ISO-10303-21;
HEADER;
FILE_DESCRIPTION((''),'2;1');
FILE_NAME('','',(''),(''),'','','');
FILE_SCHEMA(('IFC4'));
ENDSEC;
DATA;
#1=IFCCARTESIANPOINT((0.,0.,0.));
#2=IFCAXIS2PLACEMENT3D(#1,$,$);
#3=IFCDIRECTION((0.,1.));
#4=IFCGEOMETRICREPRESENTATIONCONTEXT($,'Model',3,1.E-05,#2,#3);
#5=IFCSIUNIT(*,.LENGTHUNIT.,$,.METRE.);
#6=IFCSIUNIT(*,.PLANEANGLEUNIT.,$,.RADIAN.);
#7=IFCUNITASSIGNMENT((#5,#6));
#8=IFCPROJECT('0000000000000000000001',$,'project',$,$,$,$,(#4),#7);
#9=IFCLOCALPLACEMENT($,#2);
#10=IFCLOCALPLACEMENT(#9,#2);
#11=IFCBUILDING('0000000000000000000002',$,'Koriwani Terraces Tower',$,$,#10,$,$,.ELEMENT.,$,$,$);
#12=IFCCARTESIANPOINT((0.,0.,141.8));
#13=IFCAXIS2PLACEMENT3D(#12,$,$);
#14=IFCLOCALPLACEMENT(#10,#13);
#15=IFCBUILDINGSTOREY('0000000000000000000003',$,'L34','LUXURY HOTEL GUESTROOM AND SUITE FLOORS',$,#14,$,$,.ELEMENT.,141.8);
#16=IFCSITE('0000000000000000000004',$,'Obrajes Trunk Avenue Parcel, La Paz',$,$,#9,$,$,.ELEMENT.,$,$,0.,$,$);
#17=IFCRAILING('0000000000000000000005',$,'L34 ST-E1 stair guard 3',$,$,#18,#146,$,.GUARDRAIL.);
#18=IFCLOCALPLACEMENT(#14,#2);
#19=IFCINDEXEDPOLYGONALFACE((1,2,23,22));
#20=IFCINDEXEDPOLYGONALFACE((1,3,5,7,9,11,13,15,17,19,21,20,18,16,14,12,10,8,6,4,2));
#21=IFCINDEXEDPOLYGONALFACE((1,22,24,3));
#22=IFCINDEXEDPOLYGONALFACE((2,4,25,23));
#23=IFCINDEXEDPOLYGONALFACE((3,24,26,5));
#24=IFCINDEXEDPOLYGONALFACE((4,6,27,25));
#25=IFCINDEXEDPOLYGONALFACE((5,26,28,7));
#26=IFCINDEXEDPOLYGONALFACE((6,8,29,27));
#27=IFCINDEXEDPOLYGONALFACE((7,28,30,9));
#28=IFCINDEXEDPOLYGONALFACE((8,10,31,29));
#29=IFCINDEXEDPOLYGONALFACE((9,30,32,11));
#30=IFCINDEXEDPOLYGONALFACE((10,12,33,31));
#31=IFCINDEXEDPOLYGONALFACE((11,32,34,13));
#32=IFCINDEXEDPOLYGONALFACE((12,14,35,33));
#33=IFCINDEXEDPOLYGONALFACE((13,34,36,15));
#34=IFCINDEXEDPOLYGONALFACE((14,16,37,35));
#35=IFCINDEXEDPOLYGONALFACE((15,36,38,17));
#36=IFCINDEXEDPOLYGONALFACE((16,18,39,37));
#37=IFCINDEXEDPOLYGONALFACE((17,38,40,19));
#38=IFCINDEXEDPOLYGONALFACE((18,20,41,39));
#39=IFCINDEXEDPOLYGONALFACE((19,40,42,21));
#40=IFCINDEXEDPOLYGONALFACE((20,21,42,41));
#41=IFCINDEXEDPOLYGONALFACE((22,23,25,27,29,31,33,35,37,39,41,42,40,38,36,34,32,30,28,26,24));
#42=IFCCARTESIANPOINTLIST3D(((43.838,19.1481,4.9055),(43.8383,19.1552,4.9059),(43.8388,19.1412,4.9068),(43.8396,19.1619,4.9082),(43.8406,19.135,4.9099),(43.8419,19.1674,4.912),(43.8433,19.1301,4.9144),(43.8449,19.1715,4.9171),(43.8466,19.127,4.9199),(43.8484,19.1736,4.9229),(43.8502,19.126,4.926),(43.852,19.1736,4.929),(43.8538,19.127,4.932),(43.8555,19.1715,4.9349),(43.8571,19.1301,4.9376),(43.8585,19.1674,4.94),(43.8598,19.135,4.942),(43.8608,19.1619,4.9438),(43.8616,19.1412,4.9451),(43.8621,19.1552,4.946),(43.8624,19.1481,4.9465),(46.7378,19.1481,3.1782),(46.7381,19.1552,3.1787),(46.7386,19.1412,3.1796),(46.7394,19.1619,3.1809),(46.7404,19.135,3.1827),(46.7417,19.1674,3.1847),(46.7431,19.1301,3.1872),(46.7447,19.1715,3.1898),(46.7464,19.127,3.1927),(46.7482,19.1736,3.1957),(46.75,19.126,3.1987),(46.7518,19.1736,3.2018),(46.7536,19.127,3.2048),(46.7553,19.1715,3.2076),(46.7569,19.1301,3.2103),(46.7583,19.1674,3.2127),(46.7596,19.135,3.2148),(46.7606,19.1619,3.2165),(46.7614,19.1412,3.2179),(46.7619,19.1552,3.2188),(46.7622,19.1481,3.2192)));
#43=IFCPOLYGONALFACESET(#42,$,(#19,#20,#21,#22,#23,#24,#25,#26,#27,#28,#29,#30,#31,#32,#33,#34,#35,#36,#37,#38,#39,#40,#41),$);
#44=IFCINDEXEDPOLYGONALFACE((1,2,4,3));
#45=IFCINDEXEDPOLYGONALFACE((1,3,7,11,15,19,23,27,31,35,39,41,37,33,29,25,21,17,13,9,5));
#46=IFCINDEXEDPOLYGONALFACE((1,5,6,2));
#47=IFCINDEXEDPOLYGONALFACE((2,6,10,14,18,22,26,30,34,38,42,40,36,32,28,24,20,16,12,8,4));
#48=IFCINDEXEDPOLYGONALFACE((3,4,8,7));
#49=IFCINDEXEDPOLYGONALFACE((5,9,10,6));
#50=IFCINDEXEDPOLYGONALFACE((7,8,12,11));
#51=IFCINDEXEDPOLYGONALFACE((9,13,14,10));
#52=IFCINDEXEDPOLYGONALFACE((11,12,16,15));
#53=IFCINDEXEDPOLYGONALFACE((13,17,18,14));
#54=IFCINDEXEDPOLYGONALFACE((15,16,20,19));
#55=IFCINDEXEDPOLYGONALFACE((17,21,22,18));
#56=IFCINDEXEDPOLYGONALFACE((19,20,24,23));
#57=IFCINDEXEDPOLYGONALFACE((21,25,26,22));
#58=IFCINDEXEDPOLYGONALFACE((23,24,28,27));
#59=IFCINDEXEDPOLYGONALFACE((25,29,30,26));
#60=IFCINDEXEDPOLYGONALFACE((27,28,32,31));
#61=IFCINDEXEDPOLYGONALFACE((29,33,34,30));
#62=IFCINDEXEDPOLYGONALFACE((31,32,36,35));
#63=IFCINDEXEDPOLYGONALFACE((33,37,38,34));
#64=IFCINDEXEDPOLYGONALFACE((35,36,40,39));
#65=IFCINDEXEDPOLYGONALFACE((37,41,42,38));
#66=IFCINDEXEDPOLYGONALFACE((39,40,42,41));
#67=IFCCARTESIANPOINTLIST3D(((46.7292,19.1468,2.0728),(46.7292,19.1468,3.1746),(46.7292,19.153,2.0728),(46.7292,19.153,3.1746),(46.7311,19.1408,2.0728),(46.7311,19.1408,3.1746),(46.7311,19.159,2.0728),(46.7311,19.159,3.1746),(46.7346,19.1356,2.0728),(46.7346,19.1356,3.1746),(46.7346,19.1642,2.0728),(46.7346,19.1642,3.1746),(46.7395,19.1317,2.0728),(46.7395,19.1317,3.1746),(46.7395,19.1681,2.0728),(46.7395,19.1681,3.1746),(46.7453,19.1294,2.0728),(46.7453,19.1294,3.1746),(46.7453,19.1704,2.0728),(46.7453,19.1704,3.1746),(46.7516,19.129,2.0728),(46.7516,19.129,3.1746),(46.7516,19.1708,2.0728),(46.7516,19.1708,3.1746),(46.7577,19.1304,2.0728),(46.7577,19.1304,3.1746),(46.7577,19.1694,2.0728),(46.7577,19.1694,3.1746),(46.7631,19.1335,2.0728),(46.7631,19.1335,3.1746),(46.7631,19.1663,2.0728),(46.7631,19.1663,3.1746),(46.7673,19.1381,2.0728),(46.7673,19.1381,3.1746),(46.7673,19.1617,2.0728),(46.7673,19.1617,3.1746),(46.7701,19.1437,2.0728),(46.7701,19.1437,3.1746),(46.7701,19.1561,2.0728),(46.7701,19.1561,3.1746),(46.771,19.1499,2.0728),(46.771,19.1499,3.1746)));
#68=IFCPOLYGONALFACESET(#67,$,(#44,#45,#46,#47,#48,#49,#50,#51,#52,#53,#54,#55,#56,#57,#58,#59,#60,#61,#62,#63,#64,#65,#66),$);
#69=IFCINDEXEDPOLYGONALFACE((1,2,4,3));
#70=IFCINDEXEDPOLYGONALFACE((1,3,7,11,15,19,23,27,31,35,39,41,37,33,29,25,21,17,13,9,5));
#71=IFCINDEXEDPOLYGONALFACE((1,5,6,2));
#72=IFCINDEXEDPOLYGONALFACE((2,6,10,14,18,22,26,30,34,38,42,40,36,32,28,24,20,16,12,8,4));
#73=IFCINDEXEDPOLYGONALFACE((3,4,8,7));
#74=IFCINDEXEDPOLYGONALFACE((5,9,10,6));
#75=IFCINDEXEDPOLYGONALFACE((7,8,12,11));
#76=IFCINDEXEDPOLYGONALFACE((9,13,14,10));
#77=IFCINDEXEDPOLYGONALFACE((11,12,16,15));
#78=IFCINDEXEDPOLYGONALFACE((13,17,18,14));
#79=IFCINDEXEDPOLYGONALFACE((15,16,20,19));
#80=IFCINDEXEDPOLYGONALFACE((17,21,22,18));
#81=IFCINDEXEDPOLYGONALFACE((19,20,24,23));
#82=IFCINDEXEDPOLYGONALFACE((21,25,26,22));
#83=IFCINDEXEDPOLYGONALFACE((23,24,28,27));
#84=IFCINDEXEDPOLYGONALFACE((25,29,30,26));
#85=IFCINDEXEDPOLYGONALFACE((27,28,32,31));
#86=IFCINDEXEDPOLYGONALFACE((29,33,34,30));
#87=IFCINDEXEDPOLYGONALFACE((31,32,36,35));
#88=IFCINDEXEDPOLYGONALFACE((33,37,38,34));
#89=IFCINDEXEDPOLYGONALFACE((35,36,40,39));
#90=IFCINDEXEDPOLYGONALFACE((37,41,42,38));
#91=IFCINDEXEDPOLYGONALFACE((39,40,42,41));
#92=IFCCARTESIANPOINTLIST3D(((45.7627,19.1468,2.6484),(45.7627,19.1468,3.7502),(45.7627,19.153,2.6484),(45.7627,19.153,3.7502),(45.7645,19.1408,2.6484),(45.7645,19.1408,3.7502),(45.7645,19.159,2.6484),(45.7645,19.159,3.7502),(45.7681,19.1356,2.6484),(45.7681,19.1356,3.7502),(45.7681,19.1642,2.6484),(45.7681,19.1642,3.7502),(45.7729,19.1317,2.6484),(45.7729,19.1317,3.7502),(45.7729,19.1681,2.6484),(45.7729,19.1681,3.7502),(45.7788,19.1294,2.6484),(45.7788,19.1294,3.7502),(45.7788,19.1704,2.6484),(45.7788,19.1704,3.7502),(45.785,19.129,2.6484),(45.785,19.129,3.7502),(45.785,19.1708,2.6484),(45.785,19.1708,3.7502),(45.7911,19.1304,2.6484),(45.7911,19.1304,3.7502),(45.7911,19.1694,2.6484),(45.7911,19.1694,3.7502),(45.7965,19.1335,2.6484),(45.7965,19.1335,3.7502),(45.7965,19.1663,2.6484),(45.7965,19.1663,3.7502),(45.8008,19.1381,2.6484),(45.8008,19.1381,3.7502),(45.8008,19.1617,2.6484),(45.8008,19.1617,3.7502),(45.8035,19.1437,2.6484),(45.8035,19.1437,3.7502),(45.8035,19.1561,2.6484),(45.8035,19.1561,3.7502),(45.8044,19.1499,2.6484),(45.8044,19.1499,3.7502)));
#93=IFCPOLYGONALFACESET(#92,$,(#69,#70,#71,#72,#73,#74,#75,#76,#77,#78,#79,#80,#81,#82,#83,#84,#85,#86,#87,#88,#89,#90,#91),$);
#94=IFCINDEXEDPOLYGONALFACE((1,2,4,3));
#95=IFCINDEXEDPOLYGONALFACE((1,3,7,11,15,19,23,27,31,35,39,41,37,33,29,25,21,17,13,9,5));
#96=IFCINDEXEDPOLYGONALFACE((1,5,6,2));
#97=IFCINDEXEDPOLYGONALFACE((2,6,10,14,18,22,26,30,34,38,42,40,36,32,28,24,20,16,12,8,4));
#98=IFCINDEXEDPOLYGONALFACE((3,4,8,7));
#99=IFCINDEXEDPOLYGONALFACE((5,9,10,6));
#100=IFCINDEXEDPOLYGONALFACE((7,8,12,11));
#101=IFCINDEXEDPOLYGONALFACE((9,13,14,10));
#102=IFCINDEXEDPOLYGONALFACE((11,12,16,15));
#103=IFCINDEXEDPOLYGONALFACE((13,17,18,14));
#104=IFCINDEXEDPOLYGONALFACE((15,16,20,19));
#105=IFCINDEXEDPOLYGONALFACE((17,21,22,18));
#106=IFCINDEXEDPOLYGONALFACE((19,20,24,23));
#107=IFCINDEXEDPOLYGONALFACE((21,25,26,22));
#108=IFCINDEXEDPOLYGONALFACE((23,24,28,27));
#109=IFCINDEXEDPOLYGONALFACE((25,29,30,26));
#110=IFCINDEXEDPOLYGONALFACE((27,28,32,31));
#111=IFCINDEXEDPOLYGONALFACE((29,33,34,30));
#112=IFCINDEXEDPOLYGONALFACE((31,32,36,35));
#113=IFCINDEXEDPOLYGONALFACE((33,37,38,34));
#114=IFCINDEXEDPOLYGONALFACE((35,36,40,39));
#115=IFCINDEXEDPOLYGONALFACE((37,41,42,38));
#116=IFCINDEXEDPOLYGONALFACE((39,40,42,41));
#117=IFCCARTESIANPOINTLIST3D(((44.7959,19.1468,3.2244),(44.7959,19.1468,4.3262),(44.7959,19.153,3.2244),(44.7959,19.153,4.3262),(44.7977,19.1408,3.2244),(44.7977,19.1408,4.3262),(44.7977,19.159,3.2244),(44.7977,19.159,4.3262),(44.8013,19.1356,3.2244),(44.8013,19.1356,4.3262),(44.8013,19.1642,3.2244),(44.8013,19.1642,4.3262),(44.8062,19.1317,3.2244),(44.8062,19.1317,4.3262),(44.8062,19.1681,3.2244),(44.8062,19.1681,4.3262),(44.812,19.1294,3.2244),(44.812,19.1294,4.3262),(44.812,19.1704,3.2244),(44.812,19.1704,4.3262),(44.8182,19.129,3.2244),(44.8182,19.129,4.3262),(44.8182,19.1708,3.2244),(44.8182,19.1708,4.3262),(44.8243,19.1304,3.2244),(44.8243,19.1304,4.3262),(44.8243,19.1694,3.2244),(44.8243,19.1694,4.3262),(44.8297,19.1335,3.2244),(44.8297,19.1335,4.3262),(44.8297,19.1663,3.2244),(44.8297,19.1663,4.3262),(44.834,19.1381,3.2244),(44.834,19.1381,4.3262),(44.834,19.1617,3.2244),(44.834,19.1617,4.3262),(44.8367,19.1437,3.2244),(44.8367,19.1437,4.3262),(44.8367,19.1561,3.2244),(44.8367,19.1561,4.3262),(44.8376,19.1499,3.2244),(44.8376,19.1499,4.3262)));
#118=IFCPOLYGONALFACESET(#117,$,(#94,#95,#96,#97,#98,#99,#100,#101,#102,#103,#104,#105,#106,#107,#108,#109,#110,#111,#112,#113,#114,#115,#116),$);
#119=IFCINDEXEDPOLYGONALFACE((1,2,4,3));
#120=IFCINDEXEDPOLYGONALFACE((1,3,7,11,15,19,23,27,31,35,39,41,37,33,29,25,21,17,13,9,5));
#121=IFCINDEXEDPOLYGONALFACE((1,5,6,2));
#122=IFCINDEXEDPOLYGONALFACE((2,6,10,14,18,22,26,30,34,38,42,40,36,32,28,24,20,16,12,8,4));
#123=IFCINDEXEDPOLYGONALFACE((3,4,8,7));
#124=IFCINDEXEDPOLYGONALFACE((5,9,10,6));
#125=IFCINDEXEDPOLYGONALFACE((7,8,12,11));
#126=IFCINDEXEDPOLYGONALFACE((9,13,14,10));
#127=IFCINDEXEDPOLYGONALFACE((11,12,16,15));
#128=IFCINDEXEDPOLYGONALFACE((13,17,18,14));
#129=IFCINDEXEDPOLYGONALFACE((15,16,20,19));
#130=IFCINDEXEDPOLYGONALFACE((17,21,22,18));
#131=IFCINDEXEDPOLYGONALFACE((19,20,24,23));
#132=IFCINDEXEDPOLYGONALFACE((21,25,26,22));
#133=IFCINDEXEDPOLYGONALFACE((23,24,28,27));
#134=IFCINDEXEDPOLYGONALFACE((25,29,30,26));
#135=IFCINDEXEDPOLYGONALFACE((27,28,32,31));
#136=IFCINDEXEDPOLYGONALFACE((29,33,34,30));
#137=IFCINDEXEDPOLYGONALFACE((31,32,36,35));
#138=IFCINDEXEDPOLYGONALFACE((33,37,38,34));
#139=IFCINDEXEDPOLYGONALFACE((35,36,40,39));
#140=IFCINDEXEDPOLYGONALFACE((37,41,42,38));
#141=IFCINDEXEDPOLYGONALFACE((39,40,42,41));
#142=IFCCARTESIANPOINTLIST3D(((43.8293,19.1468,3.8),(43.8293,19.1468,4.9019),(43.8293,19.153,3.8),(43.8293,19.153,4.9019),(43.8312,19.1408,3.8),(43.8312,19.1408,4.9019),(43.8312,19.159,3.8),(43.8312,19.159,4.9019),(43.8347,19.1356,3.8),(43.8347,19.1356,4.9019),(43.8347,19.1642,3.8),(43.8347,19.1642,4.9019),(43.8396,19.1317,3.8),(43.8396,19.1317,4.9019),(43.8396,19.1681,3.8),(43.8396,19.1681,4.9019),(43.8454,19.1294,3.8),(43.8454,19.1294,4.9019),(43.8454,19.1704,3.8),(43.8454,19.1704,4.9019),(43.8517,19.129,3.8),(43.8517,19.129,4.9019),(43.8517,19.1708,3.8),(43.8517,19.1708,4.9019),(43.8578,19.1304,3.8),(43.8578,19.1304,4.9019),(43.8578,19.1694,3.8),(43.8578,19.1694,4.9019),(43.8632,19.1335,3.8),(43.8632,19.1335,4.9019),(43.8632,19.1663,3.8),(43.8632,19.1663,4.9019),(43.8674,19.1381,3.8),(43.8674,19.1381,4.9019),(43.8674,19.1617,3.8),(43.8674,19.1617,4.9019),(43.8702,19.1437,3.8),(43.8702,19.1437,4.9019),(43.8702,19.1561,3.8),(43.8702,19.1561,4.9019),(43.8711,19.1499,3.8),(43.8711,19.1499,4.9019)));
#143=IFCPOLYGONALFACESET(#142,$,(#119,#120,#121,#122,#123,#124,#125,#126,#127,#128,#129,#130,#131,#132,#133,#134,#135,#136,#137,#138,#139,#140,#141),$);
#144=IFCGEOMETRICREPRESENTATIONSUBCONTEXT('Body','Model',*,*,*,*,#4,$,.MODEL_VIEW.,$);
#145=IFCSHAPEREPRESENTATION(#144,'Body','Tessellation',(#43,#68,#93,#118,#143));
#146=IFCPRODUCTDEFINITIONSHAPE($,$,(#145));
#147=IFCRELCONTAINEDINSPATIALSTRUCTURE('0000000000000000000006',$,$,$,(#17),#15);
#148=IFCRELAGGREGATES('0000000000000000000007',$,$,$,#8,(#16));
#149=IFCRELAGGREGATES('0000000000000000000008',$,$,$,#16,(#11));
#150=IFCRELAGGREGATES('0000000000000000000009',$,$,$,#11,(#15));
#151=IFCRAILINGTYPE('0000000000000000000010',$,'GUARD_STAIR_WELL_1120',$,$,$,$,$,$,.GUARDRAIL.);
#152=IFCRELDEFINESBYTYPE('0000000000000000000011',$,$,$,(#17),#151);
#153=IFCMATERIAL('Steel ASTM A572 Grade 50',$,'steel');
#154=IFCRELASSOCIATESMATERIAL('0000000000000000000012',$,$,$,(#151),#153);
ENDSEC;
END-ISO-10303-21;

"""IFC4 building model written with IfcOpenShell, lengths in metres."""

from ifc_helpers import new_model, si_unit, direction, frame, origin, origin_2d, place, context, subcontext, project, spatial, circle, extrude, material, type_object, element, save


model = new_model("IFC4")

# Units and contexts
model_context = context("Model", 3, precision=1e-05, world=origin(), true_north=direction((0.0, 1.0)))
body_context = subcontext(model_context, "Body", "Model", "MODEL_VIEW")
ifc_project = project(units=[si_unit("LENGTHUNIT", "METRE"), si_unit("PLANEANGLEUNIT", "RADIAN")], contexts=[model_context])

# Site, building, storey
site_placement = place(None, origin())
site = spatial("IfcSite", under=ifc_project, at=site_placement, Name="Obrajes Trunk Avenue Parcel, La Paz", CompositionType="ELEMENT", RefElevation=0.0)
building_placement = place(site_placement, origin())
building = spatial("IfcBuilding", under=site, at=building_placement, Name="Koriwani Terraces Tower", CompositionType="ELEMENT")
storey_placement = place(building_placement, frame((0.0, 0.0, 141.8)))
storey = spatial("IfcBuildingStorey", under=building, at=storey_placement, Name="L34", Description="LUXURY HOTEL GUESTROOM AND SUITE FLOORS", CompositionType="ELEMENT", Elevation=141.8)

# Shared definitions
ifc_material_1 = material(Name="Steel ASTM A572 Grade 50", Category="steel")

# Railing
railing_type_1 = type_object("IfcRailingType", Name="GUARD_STAIR_WELL_1120", PredefinedType="GUARDRAIL", material=ifc_material_1)
railing_1_placement = place(storey_placement, frame((46.75, 19.1499, 2.0728)))
element("IfcRailing", 1, at=railing_1_placement, inside=storey, type_object=railing_type_1, Name="L34 ST-E1 stair guard 3", PredefinedType="GUARDRAIL", context=body_context, shape_type="SweptSolid", body=[
    extrude(circle(Radius=0.0239, at=origin_2d()), frame((0.0, 0.0, 1.126), z_axis=(-0.859141, 0.0, 0.511738), x_axis=(0.0, -1.0, 0.0)), (0.0, 0.0, 1.0), 3.3752),
    extrude(circle(Radius=0.021, at=origin_2d()), origin(), (0.0, 0.0, 1.0), 1.1018),
    extrude(circle(Radius=0.021, at=origin_2d()), frame((-0.9666, 0.0, 0.5757)), (0.0, 0.0, 1.0), 1.1018),
    extrude(circle(Radius=0.021, at=origin_2d()), frame((-1.9333, 0.0, 1.1516)), (0.0, 0.0, 1.0), 1.1018),
    extrude(circle(Radius=0.021, at=origin_2d()), frame((-2.8999, 0.0, 1.7273)), (0.0, 0.0, 1.0), 1.1018),
])

save(model, "model.ifc")
